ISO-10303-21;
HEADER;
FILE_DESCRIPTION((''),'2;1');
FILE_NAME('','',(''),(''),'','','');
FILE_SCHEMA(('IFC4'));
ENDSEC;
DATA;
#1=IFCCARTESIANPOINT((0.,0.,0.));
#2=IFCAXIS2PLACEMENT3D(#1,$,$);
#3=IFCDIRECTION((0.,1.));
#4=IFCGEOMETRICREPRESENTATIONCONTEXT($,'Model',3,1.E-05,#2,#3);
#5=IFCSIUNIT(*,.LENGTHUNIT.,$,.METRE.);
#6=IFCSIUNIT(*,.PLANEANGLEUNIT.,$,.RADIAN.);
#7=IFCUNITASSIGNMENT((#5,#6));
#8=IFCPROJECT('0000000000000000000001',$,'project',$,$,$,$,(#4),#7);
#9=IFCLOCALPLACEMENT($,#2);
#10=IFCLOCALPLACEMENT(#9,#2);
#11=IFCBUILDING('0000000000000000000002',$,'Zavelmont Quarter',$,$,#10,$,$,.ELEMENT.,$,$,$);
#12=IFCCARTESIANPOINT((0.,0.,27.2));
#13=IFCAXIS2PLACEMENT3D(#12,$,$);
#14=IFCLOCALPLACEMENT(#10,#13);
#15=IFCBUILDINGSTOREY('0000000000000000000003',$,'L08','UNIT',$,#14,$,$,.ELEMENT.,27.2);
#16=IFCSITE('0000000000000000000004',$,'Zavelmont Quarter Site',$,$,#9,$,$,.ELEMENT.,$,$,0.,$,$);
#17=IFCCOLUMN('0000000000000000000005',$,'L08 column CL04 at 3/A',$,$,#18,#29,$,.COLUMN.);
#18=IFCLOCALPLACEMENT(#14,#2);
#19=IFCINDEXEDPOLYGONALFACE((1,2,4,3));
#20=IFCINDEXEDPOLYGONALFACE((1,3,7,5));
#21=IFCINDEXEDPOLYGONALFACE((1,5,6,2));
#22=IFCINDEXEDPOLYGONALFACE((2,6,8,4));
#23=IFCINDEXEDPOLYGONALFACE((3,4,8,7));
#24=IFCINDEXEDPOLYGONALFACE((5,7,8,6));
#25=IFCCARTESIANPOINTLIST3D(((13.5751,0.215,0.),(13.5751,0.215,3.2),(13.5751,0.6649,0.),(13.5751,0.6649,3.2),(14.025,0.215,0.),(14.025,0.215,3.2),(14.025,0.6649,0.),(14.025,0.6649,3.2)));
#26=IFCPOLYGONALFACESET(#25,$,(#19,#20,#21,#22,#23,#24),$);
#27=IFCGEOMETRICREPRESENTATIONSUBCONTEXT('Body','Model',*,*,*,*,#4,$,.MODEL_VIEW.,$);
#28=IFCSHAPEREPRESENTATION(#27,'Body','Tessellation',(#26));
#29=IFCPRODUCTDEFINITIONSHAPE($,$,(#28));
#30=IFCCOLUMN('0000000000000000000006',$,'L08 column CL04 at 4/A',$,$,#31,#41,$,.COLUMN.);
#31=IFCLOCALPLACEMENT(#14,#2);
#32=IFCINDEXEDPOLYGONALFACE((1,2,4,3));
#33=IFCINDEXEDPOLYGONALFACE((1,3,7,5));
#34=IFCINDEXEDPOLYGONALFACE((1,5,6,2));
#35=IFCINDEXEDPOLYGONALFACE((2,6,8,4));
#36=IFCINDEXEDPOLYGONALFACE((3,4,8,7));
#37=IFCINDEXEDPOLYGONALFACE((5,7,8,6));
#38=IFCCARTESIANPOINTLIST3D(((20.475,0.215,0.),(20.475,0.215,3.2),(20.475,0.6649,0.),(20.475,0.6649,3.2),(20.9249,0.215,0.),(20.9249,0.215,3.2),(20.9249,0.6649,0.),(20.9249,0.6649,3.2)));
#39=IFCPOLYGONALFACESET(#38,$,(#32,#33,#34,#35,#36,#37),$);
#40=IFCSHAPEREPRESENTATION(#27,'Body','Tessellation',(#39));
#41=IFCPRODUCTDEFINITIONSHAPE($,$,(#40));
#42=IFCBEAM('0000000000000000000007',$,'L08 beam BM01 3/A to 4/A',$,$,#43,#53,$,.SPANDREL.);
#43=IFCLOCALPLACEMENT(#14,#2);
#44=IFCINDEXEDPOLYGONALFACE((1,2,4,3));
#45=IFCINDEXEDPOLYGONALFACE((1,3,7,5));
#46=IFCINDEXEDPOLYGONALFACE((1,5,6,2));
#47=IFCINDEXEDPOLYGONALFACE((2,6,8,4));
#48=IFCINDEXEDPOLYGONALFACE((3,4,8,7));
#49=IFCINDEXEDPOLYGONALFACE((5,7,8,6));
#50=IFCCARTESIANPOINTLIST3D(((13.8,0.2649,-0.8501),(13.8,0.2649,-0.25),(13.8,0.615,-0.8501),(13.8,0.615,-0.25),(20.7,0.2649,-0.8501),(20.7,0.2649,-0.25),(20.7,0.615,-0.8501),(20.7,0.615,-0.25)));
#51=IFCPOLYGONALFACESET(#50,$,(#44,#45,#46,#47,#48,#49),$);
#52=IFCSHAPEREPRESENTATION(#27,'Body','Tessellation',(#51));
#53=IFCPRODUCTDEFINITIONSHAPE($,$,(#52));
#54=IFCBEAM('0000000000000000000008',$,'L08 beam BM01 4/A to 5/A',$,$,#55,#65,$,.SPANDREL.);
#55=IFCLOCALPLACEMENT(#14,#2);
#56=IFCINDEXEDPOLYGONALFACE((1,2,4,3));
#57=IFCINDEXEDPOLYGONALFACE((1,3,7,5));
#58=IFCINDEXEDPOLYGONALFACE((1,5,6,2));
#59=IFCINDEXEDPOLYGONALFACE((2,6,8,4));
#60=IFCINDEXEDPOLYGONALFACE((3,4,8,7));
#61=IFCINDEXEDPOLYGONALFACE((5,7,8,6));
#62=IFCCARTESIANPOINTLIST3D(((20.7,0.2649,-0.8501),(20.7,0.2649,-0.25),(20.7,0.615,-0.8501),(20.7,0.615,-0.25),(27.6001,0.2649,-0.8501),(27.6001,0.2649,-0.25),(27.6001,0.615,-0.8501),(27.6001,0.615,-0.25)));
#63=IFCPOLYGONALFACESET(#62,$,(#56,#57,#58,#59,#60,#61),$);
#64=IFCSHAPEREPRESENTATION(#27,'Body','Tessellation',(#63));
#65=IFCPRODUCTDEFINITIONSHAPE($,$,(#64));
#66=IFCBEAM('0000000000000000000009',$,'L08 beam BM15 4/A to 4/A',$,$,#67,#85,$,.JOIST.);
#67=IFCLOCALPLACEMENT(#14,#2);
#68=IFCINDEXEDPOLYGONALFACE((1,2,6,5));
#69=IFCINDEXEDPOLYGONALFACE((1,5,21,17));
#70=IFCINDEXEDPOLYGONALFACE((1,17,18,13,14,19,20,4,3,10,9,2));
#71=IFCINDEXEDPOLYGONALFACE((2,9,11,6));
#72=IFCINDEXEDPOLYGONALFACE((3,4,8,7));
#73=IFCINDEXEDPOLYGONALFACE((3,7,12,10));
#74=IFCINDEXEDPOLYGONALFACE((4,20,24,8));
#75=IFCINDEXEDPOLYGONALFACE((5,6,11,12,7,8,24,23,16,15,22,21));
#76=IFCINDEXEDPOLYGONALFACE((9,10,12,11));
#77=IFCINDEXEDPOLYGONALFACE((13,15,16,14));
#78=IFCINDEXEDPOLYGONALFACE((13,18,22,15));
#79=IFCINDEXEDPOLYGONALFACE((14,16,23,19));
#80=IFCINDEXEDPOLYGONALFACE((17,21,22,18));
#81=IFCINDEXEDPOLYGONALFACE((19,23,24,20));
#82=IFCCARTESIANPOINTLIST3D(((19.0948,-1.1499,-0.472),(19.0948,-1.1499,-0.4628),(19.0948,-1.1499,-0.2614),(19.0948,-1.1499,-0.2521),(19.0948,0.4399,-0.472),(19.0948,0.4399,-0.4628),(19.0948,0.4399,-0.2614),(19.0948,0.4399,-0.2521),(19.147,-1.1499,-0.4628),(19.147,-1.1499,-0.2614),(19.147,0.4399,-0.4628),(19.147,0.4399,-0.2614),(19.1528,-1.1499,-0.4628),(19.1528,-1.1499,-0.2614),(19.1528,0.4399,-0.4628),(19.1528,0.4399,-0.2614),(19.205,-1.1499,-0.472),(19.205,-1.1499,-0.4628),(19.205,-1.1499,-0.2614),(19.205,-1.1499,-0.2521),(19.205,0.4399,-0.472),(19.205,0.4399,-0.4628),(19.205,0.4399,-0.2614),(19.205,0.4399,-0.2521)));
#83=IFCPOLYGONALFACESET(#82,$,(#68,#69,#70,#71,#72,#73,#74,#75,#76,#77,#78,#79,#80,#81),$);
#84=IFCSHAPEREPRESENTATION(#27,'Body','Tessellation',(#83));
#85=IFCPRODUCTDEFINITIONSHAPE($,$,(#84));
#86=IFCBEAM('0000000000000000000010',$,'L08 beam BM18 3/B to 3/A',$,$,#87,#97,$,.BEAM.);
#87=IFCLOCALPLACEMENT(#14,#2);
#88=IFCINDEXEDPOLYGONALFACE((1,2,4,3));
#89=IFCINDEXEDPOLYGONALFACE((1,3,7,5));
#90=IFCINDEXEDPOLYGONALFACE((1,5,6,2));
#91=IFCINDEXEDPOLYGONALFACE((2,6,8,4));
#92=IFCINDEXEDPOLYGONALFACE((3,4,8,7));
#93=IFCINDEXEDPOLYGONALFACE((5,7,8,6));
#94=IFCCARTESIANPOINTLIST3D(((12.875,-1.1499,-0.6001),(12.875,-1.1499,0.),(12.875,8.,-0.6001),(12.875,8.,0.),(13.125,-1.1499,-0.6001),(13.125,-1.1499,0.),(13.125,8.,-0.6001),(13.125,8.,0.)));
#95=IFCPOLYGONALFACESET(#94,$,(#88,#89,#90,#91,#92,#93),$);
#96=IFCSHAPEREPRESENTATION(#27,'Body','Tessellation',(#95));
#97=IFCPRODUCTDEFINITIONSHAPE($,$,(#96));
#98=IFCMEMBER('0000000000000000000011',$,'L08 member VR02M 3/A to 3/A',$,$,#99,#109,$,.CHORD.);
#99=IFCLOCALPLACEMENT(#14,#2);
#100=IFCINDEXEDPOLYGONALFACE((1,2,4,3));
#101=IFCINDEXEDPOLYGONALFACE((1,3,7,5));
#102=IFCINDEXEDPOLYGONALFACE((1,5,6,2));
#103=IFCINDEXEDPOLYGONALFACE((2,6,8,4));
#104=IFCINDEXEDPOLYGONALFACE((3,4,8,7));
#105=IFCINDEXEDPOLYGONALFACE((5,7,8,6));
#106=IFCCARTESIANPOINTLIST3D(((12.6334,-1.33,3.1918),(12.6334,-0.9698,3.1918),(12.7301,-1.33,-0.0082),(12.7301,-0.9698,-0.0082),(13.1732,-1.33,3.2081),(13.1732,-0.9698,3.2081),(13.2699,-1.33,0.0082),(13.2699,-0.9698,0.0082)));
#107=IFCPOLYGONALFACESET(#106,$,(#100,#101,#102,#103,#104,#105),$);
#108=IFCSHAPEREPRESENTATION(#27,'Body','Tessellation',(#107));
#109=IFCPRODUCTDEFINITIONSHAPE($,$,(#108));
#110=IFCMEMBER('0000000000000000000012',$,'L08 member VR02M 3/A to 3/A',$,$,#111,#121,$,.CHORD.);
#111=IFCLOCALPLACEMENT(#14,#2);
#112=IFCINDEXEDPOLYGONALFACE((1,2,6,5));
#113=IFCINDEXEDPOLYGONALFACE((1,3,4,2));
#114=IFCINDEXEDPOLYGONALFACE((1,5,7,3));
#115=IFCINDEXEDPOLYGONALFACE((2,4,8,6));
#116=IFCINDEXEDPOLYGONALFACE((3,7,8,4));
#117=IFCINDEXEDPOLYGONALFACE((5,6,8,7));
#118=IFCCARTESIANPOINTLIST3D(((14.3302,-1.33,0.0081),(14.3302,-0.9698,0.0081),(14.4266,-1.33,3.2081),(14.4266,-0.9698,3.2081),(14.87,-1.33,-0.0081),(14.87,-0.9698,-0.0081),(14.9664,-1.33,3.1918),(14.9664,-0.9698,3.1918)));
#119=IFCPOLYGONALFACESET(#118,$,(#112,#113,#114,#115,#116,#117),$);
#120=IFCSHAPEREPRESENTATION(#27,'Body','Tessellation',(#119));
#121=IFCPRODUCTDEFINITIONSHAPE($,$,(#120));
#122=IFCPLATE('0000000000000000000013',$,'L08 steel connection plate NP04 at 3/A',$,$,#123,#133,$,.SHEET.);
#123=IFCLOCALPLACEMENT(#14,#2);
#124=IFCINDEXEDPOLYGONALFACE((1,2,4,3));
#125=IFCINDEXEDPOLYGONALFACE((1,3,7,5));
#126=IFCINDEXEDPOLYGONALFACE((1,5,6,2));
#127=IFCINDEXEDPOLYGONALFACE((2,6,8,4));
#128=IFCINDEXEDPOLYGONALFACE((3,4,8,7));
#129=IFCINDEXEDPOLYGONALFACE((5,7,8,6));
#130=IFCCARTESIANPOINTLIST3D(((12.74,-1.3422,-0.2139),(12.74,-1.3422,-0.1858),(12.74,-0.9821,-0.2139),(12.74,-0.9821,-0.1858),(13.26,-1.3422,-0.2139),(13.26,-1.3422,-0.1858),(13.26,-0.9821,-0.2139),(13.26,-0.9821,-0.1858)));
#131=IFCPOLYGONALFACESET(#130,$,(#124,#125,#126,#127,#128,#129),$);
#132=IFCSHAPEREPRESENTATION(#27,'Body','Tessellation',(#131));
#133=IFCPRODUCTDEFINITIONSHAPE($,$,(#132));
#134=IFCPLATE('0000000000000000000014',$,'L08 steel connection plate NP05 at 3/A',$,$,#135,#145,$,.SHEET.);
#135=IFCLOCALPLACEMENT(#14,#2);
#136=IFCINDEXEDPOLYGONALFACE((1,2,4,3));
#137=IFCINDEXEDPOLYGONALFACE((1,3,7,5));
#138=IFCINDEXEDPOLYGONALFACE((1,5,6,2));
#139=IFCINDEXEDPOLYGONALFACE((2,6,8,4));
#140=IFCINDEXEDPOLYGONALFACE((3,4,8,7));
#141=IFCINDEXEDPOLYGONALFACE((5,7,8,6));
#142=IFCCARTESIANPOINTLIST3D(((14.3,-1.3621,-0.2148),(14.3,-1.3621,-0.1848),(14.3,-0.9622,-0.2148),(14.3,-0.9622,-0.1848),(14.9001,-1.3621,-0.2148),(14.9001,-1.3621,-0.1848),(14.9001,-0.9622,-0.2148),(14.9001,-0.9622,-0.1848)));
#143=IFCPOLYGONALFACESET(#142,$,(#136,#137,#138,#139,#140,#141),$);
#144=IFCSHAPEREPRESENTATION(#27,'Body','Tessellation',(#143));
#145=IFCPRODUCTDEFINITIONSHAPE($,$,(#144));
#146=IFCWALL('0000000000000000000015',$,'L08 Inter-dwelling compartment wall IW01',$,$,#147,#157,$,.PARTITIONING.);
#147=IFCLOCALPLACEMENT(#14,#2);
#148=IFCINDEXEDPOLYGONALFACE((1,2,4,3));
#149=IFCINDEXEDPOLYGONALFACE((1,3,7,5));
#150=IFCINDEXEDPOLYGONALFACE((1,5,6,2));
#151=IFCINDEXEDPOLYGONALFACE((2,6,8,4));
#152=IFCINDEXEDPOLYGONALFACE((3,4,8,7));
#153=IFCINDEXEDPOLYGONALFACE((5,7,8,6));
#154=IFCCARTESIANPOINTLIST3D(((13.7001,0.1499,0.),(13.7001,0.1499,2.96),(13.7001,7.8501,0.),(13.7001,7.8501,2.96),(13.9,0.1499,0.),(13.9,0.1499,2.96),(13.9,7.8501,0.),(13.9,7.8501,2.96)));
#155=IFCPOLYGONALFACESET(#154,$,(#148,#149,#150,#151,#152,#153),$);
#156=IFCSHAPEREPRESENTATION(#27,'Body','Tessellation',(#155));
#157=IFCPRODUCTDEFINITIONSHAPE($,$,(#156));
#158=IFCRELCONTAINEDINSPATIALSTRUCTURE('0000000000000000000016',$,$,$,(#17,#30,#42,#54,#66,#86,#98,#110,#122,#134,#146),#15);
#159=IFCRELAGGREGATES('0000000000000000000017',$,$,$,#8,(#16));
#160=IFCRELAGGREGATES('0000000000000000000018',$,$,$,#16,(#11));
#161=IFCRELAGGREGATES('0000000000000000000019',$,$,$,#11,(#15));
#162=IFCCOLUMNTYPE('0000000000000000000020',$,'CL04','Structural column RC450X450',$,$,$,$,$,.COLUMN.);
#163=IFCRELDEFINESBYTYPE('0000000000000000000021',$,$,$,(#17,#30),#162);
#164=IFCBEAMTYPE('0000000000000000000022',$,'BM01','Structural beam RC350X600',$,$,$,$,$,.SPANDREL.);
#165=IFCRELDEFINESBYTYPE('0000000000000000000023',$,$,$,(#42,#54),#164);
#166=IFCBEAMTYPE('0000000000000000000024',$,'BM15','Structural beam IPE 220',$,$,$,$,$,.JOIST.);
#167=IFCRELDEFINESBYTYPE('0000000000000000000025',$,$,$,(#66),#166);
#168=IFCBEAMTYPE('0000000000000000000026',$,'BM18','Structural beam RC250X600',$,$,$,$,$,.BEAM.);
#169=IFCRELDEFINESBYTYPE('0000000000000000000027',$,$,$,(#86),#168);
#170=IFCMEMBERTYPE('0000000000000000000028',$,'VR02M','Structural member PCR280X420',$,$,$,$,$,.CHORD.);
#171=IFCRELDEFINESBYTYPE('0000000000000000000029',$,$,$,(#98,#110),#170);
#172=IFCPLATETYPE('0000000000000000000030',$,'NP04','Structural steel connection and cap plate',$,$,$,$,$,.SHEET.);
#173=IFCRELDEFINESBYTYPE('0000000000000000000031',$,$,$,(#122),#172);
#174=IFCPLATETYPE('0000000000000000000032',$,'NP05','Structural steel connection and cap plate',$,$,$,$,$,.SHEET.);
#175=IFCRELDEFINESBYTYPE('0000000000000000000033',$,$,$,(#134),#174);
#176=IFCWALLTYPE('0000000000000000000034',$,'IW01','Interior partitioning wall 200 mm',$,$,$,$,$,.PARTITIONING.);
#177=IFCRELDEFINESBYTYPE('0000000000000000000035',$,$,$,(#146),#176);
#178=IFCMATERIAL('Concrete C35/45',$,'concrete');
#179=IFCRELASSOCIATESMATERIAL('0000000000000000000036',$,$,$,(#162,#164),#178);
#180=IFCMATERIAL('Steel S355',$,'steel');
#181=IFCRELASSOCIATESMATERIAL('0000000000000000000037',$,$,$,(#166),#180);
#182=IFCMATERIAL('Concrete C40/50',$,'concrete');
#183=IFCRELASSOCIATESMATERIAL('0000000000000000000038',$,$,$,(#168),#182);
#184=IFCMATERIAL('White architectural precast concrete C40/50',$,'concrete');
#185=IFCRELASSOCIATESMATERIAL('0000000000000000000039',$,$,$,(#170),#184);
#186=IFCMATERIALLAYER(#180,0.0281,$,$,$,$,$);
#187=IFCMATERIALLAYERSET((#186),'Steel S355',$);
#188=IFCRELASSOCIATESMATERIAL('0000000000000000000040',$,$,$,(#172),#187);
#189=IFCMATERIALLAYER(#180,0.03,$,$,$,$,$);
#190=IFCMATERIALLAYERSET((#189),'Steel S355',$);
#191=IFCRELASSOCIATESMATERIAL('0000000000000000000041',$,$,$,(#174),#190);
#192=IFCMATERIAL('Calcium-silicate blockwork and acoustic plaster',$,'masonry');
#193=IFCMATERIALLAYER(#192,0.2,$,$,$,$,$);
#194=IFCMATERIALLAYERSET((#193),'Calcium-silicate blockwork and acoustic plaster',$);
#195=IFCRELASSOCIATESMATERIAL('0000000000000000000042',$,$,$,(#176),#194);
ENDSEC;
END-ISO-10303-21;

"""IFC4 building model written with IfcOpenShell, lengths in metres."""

from ifc_helpers import new_model, si_unit, direction, frame, frame_2d, origin, origin_2d, place, context, subcontext, project, spatial, rectangle, i_section, extrude, material, layer, layer_set, material_profile, profile_set, type_object, element, save


model = new_model("IFC4")

# Units and contexts
model_context = context("Model", 3, precision=1e-05, world=origin(), true_north=direction((0.0, 1.0)))
body_context = subcontext(model_context, "Body", "Model", "MODEL_VIEW")
ifc_project = project(units=[si_unit("LENGTHUNIT", "METRE"), si_unit("PLANEANGLEUNIT", "RADIAN")], contexts=[model_context])

# Site, building, storey
site_placement = place(None, origin())
site = spatial("IfcSite", under=ifc_project, at=site_placement, Name="Zavelmont Quarter Site", CompositionType="ELEMENT", RefElevation=0.0)
building_placement = place(site_placement, origin())
building = spatial("IfcBuilding", under=site, at=building_placement, Name="Zavelmont Quarter", CompositionType="ELEMENT")
storey_placement = place(building_placement, frame((0.0, 0.0, 27.2)))
storey = spatial("IfcBuildingStorey", under=building, at=storey_placement, Name="L08", Description="UNIT", CompositionType="ELEMENT", Elevation=27.2)

# Columns
ifc_material_1 = material(Name="Concrete C35/45", Category="concrete")
ifc_material_profile_1 = material_profile(ifc_material_1, rectangle(XDim=0.45, YDim=0.45, at=origin_2d()), Name="RC450X450")
ifc_profile_set_1 = profile_set([ifc_material_profile_1], Name="Concrete C35/45")
column_type = type_object("IfcColumnType", Name="CL04", Description="Structural column RC450X450", PredefinedType="COLUMN", material=ifc_profile_set_1)
for number, where, z_axis, x_axis, name in (
    (1, (13.8, 0.4399, 0.0), (0.0, 0.0, 1.0), (1.0, 0.0, 0.0), "L08 column CL04 at 3/A"),
    (2, (20.7, 0.4399, 0.0), (0.0, 0.0, 1.0), (1.0, 0.0, 0.0), "L08 column CL04 at 4/A"),
):
    element("IfcColumn", number, at=place(storey_placement, frame(where, z_axis=z_axis, x_axis=x_axis)), inside=storey, type_object=column_type, Name=name, PredefinedType="COLUMN", context=body_context, shape_type="SweptSolid", body=[
        extrude(rectangle(XDim=0.45, YDim=0.45, at=origin_2d()), origin(), (0.0, 0.0, 1.0), 3.2),
    ])

# Beams
ifc_material_profile_2 = material_profile(ifc_material_1, rectangle(XDim=0.3501, YDim=0.6001, at=origin_2d()), Name="RC350X600")
ifc_profile_set_2 = profile_set([ifc_material_profile_2], Name="Concrete C35/45")
beam_type_1 = type_object("IfcBeamType", Name="BM01", Description="Structural beam RC350X600", PredefinedType="SPANDREL", material=ifc_profile_set_2)
beam_1_placement = place(storey_placement, frame((13.8, 0.4399, -0.55), z_axis=(1.0, 0.0, 0.0), x_axis=(0.0, 1.0, 0.0)))
element("IfcBeam", 3, at=beam_1_placement, inside=storey, type_object=beam_type_1, Name="L08 beam BM01 3/A to 4/A", PredefinedType="SPANDREL", context=body_context, shape_type="SweptSolid", body=[
    extrude(rectangle(XDim=0.3501, YDim=0.6001, at=origin_2d()), origin(), (0.0, 0.0, 1.0), 6.8999),
])
beam_2_placement = place(storey_placement, frame((20.7, 0.4399, -0.55), z_axis=(1.0, 0.0, 0.0), x_axis=(0.0, 1.0, 0.0)))
element("IfcBeam", 4, at=beam_2_placement, inside=storey, type_object=beam_type_1, Name="L08 beam BM01 4/A to 5/A", PredefinedType="SPANDREL", context=body_context, shape_type="SweptSolid", body=[
    extrude(rectangle(XDim=0.3501, YDim=0.6001, at=origin_2d()), origin(), (0.0, 0.0, 1.0), 6.9001),
])
ifc_material_2 = material(Name="Steel S355", Category="steel")
ifc_material_profile_3 = material_profile(ifc_material_2, i_section(OverallWidth=0.1101, OverallDepth=0.22, WebThickness=0.0059, FlangeThickness=0.0093, at=origin_2d()), Name="IPE 220")
ifc_profile_set_3 = profile_set([ifc_material_profile_3], Name="Steel S355")
beam_type_2 = type_object("IfcBeamType", Name="BM15", Description="Structural beam IPE 220", PredefinedType="JOIST", material=ifc_profile_set_3)
beam_3_placement = place(storey_placement, frame((19.1499, 0.4399, -0.3621), z_axis=(0.0, -1.0, 0.0), x_axis=(1.0, 0.0, 0.0)))
element("IfcBeam", 5, at=beam_3_placement, inside=storey, type_object=beam_type_2, Name="L08 beam BM15 4/A to 4/A", PredefinedType="JOIST", context=body_context, shape_type="SweptSolid", body=[
    extrude(i_section(OverallWidth=0.1101, OverallDepth=0.22, WebThickness=0.0059, FlangeThickness=0.0093, at=origin_2d()), origin(), (0.0, 0.0, 1.0), 1.5898),
])
ifc_material_3 = material(Name="Concrete C40/50", Category="concrete")
ifc_material_profile_4 = material_profile(ifc_material_3, rectangle(XDim=0.25, YDim=0.6001, at=origin_2d()), Name="RC250X600")
ifc_profile_set_4 = profile_set([ifc_material_profile_4], Name="Concrete C40/50")
beam_type_3 = type_object("IfcBeamType", Name="BM18", Description="Structural beam RC250X600", PredefinedType="BEAM", material=ifc_profile_set_4)
beam_4_placement = place(storey_placement, frame((13.0, 8.0, -0.3), z_axis=(0.0, -1.0, 0.0), x_axis=(1.0, 0.0, 0.0)))
element("IfcBeam", 6, at=beam_4_placement, inside=storey, type_object=beam_type_3, Name="L08 beam BM18 3/B to 3/A", PredefinedType="BEAM", context=body_context, shape_type="SweptSolid", body=[
    extrude(rectangle(XDim=0.25, YDim=0.6001, at=origin_2d()), origin(), (0.0, 0.0, 1.0), 9.1499),
])

# Members
ifc_material_4 = material(Name="White architectural precast concrete C40/50", Category="concrete")
ifc_material_profile_5 = material_profile(ifc_material_4, rectangle(XDim=0.3601, YDim=0.54, at=origin_2d()), Name="PCR280X420")
ifc_profile_set_5 = profile_set([ifc_material_profile_5], Name="White architectural precast concrete C40/50")
member_type = type_object("IfcMemberType", Name="VR02M", Description="Structural member PCR280X420", PredefinedType="CHORD", material=ifc_profile_set_5)
for number, where, z_axis, x_axis, name in (
    (7, (13.0, -1.1499, 0.0), (-0.030199, 0.0, 0.999544), (0.0, -1.0, 0.0), "L08 member VR02M 3/A to 3/A"),
    (8, (14.6001, -1.1499, 0.0), (0.030123, 0.0, 0.999546), (0.0, 1.0, 0.0), "L08 member VR02M 3/A to 3/A"),
):
    element("IfcMember", number, at=place(storey_placement, frame(where, z_axis=z_axis, x_axis=x_axis)), inside=storey, type_object=member_type, Name=name, PredefinedType="CHORD", context=body_context, shape_type="SweptSolid", body=[
        extrude(rectangle(XDim=0.3601, YDim=0.54, at=origin_2d()), origin(), (0.0, 0.0, 1.0), 3.2014),
    ])

# Plates
ifc_layer_1 = layer(ifc_material_2, 0.0281)
ifc_layer_set_1 = layer_set([ifc_layer_1], Name="Steel S355")
plate_type_1 = type_object("IfcPlateType", Name="NP04", Description="Structural steel connection and cap plate", PredefinedType="SHEET", material=ifc_layer_set_1)
plate_1_placement = place(storey_placement, frame((13.0, -1.1621, -0.2139), z_axis=(0.0, 0.0, 1.0), x_axis=(1.0, 0.0, 0.0)))
element("IfcPlate", 9, at=plate_1_placement, inside=storey, type_object=plate_type_1, Name="L08 steel connection plate NP04 at 3/A", PredefinedType="SHEET", context=body_context, shape_type="SweptSolid", body=[
    extrude(rectangle(XDim=0.52, YDim=0.3601, at=origin_2d()), origin(), (0.0, 0.0, 1.0), 0.0281),
])
ifc_layer_2 = layer(ifc_material_2, 0.03)
ifc_layer_set_2 = layer_set([ifc_layer_2], Name="Steel S355")
plate_type_2 = type_object("IfcPlateType", Name="NP05", Description="Structural steel connection and cap plate", PredefinedType="SHEET", material=ifc_layer_set_2)
plate_2_placement = place(storey_placement, frame((14.6001, -1.1621, -0.2148), z_axis=(0.0, 0.0, 1.0), x_axis=(1.0, 0.0, 0.0)))
element("IfcPlate", 10, at=plate_2_placement, inside=storey, type_object=plate_type_2, Name="L08 steel connection plate NP05 at 3/A", PredefinedType="SHEET", context=body_context, shape_type="SweptSolid", body=[
    extrude(rectangle(XDim=0.6001, YDim=0.3999, at=origin_2d()), origin(), (0.0, 0.0, 1.0), 0.03),
])

# Wall
ifc_material_5 = material(Name="Calcium-silicate blockwork and acoustic plaster", Category="masonry")
ifc_layer_3 = layer(ifc_material_5, 0.2)
ifc_layer_set_3 = layer_set([ifc_layer_3], Name="Calcium-silicate blockwork and acoustic plaster")
wall_type_1 = type_object("IfcWallType", Name="IW01", Description="Interior partitioning wall 200 mm", PredefinedType="PARTITIONING", material=ifc_layer_set_3)
wall_1_placement = place(storey_placement, frame((13.8, 7.8501, 0.0), z_axis=(0.0, 0.0, 1.0), x_axis=(0.0, -1.0, 0.0)))
element("IfcWall", 11, at=wall_1_placement, inside=storey, type_object=wall_type_1, Name="L08 Inter-dwelling compartment wall IW01", PredefinedType="PARTITIONING", context=body_context, shape_type="SweptSolid", body=[
    extrude(rectangle(XDim=7.7002, YDim=0.2, at=frame_2d((3.8501, 0.0))), origin(), (0.0, 0.0, 1.0), 2.96),
])

save(model, "model.ifc")
